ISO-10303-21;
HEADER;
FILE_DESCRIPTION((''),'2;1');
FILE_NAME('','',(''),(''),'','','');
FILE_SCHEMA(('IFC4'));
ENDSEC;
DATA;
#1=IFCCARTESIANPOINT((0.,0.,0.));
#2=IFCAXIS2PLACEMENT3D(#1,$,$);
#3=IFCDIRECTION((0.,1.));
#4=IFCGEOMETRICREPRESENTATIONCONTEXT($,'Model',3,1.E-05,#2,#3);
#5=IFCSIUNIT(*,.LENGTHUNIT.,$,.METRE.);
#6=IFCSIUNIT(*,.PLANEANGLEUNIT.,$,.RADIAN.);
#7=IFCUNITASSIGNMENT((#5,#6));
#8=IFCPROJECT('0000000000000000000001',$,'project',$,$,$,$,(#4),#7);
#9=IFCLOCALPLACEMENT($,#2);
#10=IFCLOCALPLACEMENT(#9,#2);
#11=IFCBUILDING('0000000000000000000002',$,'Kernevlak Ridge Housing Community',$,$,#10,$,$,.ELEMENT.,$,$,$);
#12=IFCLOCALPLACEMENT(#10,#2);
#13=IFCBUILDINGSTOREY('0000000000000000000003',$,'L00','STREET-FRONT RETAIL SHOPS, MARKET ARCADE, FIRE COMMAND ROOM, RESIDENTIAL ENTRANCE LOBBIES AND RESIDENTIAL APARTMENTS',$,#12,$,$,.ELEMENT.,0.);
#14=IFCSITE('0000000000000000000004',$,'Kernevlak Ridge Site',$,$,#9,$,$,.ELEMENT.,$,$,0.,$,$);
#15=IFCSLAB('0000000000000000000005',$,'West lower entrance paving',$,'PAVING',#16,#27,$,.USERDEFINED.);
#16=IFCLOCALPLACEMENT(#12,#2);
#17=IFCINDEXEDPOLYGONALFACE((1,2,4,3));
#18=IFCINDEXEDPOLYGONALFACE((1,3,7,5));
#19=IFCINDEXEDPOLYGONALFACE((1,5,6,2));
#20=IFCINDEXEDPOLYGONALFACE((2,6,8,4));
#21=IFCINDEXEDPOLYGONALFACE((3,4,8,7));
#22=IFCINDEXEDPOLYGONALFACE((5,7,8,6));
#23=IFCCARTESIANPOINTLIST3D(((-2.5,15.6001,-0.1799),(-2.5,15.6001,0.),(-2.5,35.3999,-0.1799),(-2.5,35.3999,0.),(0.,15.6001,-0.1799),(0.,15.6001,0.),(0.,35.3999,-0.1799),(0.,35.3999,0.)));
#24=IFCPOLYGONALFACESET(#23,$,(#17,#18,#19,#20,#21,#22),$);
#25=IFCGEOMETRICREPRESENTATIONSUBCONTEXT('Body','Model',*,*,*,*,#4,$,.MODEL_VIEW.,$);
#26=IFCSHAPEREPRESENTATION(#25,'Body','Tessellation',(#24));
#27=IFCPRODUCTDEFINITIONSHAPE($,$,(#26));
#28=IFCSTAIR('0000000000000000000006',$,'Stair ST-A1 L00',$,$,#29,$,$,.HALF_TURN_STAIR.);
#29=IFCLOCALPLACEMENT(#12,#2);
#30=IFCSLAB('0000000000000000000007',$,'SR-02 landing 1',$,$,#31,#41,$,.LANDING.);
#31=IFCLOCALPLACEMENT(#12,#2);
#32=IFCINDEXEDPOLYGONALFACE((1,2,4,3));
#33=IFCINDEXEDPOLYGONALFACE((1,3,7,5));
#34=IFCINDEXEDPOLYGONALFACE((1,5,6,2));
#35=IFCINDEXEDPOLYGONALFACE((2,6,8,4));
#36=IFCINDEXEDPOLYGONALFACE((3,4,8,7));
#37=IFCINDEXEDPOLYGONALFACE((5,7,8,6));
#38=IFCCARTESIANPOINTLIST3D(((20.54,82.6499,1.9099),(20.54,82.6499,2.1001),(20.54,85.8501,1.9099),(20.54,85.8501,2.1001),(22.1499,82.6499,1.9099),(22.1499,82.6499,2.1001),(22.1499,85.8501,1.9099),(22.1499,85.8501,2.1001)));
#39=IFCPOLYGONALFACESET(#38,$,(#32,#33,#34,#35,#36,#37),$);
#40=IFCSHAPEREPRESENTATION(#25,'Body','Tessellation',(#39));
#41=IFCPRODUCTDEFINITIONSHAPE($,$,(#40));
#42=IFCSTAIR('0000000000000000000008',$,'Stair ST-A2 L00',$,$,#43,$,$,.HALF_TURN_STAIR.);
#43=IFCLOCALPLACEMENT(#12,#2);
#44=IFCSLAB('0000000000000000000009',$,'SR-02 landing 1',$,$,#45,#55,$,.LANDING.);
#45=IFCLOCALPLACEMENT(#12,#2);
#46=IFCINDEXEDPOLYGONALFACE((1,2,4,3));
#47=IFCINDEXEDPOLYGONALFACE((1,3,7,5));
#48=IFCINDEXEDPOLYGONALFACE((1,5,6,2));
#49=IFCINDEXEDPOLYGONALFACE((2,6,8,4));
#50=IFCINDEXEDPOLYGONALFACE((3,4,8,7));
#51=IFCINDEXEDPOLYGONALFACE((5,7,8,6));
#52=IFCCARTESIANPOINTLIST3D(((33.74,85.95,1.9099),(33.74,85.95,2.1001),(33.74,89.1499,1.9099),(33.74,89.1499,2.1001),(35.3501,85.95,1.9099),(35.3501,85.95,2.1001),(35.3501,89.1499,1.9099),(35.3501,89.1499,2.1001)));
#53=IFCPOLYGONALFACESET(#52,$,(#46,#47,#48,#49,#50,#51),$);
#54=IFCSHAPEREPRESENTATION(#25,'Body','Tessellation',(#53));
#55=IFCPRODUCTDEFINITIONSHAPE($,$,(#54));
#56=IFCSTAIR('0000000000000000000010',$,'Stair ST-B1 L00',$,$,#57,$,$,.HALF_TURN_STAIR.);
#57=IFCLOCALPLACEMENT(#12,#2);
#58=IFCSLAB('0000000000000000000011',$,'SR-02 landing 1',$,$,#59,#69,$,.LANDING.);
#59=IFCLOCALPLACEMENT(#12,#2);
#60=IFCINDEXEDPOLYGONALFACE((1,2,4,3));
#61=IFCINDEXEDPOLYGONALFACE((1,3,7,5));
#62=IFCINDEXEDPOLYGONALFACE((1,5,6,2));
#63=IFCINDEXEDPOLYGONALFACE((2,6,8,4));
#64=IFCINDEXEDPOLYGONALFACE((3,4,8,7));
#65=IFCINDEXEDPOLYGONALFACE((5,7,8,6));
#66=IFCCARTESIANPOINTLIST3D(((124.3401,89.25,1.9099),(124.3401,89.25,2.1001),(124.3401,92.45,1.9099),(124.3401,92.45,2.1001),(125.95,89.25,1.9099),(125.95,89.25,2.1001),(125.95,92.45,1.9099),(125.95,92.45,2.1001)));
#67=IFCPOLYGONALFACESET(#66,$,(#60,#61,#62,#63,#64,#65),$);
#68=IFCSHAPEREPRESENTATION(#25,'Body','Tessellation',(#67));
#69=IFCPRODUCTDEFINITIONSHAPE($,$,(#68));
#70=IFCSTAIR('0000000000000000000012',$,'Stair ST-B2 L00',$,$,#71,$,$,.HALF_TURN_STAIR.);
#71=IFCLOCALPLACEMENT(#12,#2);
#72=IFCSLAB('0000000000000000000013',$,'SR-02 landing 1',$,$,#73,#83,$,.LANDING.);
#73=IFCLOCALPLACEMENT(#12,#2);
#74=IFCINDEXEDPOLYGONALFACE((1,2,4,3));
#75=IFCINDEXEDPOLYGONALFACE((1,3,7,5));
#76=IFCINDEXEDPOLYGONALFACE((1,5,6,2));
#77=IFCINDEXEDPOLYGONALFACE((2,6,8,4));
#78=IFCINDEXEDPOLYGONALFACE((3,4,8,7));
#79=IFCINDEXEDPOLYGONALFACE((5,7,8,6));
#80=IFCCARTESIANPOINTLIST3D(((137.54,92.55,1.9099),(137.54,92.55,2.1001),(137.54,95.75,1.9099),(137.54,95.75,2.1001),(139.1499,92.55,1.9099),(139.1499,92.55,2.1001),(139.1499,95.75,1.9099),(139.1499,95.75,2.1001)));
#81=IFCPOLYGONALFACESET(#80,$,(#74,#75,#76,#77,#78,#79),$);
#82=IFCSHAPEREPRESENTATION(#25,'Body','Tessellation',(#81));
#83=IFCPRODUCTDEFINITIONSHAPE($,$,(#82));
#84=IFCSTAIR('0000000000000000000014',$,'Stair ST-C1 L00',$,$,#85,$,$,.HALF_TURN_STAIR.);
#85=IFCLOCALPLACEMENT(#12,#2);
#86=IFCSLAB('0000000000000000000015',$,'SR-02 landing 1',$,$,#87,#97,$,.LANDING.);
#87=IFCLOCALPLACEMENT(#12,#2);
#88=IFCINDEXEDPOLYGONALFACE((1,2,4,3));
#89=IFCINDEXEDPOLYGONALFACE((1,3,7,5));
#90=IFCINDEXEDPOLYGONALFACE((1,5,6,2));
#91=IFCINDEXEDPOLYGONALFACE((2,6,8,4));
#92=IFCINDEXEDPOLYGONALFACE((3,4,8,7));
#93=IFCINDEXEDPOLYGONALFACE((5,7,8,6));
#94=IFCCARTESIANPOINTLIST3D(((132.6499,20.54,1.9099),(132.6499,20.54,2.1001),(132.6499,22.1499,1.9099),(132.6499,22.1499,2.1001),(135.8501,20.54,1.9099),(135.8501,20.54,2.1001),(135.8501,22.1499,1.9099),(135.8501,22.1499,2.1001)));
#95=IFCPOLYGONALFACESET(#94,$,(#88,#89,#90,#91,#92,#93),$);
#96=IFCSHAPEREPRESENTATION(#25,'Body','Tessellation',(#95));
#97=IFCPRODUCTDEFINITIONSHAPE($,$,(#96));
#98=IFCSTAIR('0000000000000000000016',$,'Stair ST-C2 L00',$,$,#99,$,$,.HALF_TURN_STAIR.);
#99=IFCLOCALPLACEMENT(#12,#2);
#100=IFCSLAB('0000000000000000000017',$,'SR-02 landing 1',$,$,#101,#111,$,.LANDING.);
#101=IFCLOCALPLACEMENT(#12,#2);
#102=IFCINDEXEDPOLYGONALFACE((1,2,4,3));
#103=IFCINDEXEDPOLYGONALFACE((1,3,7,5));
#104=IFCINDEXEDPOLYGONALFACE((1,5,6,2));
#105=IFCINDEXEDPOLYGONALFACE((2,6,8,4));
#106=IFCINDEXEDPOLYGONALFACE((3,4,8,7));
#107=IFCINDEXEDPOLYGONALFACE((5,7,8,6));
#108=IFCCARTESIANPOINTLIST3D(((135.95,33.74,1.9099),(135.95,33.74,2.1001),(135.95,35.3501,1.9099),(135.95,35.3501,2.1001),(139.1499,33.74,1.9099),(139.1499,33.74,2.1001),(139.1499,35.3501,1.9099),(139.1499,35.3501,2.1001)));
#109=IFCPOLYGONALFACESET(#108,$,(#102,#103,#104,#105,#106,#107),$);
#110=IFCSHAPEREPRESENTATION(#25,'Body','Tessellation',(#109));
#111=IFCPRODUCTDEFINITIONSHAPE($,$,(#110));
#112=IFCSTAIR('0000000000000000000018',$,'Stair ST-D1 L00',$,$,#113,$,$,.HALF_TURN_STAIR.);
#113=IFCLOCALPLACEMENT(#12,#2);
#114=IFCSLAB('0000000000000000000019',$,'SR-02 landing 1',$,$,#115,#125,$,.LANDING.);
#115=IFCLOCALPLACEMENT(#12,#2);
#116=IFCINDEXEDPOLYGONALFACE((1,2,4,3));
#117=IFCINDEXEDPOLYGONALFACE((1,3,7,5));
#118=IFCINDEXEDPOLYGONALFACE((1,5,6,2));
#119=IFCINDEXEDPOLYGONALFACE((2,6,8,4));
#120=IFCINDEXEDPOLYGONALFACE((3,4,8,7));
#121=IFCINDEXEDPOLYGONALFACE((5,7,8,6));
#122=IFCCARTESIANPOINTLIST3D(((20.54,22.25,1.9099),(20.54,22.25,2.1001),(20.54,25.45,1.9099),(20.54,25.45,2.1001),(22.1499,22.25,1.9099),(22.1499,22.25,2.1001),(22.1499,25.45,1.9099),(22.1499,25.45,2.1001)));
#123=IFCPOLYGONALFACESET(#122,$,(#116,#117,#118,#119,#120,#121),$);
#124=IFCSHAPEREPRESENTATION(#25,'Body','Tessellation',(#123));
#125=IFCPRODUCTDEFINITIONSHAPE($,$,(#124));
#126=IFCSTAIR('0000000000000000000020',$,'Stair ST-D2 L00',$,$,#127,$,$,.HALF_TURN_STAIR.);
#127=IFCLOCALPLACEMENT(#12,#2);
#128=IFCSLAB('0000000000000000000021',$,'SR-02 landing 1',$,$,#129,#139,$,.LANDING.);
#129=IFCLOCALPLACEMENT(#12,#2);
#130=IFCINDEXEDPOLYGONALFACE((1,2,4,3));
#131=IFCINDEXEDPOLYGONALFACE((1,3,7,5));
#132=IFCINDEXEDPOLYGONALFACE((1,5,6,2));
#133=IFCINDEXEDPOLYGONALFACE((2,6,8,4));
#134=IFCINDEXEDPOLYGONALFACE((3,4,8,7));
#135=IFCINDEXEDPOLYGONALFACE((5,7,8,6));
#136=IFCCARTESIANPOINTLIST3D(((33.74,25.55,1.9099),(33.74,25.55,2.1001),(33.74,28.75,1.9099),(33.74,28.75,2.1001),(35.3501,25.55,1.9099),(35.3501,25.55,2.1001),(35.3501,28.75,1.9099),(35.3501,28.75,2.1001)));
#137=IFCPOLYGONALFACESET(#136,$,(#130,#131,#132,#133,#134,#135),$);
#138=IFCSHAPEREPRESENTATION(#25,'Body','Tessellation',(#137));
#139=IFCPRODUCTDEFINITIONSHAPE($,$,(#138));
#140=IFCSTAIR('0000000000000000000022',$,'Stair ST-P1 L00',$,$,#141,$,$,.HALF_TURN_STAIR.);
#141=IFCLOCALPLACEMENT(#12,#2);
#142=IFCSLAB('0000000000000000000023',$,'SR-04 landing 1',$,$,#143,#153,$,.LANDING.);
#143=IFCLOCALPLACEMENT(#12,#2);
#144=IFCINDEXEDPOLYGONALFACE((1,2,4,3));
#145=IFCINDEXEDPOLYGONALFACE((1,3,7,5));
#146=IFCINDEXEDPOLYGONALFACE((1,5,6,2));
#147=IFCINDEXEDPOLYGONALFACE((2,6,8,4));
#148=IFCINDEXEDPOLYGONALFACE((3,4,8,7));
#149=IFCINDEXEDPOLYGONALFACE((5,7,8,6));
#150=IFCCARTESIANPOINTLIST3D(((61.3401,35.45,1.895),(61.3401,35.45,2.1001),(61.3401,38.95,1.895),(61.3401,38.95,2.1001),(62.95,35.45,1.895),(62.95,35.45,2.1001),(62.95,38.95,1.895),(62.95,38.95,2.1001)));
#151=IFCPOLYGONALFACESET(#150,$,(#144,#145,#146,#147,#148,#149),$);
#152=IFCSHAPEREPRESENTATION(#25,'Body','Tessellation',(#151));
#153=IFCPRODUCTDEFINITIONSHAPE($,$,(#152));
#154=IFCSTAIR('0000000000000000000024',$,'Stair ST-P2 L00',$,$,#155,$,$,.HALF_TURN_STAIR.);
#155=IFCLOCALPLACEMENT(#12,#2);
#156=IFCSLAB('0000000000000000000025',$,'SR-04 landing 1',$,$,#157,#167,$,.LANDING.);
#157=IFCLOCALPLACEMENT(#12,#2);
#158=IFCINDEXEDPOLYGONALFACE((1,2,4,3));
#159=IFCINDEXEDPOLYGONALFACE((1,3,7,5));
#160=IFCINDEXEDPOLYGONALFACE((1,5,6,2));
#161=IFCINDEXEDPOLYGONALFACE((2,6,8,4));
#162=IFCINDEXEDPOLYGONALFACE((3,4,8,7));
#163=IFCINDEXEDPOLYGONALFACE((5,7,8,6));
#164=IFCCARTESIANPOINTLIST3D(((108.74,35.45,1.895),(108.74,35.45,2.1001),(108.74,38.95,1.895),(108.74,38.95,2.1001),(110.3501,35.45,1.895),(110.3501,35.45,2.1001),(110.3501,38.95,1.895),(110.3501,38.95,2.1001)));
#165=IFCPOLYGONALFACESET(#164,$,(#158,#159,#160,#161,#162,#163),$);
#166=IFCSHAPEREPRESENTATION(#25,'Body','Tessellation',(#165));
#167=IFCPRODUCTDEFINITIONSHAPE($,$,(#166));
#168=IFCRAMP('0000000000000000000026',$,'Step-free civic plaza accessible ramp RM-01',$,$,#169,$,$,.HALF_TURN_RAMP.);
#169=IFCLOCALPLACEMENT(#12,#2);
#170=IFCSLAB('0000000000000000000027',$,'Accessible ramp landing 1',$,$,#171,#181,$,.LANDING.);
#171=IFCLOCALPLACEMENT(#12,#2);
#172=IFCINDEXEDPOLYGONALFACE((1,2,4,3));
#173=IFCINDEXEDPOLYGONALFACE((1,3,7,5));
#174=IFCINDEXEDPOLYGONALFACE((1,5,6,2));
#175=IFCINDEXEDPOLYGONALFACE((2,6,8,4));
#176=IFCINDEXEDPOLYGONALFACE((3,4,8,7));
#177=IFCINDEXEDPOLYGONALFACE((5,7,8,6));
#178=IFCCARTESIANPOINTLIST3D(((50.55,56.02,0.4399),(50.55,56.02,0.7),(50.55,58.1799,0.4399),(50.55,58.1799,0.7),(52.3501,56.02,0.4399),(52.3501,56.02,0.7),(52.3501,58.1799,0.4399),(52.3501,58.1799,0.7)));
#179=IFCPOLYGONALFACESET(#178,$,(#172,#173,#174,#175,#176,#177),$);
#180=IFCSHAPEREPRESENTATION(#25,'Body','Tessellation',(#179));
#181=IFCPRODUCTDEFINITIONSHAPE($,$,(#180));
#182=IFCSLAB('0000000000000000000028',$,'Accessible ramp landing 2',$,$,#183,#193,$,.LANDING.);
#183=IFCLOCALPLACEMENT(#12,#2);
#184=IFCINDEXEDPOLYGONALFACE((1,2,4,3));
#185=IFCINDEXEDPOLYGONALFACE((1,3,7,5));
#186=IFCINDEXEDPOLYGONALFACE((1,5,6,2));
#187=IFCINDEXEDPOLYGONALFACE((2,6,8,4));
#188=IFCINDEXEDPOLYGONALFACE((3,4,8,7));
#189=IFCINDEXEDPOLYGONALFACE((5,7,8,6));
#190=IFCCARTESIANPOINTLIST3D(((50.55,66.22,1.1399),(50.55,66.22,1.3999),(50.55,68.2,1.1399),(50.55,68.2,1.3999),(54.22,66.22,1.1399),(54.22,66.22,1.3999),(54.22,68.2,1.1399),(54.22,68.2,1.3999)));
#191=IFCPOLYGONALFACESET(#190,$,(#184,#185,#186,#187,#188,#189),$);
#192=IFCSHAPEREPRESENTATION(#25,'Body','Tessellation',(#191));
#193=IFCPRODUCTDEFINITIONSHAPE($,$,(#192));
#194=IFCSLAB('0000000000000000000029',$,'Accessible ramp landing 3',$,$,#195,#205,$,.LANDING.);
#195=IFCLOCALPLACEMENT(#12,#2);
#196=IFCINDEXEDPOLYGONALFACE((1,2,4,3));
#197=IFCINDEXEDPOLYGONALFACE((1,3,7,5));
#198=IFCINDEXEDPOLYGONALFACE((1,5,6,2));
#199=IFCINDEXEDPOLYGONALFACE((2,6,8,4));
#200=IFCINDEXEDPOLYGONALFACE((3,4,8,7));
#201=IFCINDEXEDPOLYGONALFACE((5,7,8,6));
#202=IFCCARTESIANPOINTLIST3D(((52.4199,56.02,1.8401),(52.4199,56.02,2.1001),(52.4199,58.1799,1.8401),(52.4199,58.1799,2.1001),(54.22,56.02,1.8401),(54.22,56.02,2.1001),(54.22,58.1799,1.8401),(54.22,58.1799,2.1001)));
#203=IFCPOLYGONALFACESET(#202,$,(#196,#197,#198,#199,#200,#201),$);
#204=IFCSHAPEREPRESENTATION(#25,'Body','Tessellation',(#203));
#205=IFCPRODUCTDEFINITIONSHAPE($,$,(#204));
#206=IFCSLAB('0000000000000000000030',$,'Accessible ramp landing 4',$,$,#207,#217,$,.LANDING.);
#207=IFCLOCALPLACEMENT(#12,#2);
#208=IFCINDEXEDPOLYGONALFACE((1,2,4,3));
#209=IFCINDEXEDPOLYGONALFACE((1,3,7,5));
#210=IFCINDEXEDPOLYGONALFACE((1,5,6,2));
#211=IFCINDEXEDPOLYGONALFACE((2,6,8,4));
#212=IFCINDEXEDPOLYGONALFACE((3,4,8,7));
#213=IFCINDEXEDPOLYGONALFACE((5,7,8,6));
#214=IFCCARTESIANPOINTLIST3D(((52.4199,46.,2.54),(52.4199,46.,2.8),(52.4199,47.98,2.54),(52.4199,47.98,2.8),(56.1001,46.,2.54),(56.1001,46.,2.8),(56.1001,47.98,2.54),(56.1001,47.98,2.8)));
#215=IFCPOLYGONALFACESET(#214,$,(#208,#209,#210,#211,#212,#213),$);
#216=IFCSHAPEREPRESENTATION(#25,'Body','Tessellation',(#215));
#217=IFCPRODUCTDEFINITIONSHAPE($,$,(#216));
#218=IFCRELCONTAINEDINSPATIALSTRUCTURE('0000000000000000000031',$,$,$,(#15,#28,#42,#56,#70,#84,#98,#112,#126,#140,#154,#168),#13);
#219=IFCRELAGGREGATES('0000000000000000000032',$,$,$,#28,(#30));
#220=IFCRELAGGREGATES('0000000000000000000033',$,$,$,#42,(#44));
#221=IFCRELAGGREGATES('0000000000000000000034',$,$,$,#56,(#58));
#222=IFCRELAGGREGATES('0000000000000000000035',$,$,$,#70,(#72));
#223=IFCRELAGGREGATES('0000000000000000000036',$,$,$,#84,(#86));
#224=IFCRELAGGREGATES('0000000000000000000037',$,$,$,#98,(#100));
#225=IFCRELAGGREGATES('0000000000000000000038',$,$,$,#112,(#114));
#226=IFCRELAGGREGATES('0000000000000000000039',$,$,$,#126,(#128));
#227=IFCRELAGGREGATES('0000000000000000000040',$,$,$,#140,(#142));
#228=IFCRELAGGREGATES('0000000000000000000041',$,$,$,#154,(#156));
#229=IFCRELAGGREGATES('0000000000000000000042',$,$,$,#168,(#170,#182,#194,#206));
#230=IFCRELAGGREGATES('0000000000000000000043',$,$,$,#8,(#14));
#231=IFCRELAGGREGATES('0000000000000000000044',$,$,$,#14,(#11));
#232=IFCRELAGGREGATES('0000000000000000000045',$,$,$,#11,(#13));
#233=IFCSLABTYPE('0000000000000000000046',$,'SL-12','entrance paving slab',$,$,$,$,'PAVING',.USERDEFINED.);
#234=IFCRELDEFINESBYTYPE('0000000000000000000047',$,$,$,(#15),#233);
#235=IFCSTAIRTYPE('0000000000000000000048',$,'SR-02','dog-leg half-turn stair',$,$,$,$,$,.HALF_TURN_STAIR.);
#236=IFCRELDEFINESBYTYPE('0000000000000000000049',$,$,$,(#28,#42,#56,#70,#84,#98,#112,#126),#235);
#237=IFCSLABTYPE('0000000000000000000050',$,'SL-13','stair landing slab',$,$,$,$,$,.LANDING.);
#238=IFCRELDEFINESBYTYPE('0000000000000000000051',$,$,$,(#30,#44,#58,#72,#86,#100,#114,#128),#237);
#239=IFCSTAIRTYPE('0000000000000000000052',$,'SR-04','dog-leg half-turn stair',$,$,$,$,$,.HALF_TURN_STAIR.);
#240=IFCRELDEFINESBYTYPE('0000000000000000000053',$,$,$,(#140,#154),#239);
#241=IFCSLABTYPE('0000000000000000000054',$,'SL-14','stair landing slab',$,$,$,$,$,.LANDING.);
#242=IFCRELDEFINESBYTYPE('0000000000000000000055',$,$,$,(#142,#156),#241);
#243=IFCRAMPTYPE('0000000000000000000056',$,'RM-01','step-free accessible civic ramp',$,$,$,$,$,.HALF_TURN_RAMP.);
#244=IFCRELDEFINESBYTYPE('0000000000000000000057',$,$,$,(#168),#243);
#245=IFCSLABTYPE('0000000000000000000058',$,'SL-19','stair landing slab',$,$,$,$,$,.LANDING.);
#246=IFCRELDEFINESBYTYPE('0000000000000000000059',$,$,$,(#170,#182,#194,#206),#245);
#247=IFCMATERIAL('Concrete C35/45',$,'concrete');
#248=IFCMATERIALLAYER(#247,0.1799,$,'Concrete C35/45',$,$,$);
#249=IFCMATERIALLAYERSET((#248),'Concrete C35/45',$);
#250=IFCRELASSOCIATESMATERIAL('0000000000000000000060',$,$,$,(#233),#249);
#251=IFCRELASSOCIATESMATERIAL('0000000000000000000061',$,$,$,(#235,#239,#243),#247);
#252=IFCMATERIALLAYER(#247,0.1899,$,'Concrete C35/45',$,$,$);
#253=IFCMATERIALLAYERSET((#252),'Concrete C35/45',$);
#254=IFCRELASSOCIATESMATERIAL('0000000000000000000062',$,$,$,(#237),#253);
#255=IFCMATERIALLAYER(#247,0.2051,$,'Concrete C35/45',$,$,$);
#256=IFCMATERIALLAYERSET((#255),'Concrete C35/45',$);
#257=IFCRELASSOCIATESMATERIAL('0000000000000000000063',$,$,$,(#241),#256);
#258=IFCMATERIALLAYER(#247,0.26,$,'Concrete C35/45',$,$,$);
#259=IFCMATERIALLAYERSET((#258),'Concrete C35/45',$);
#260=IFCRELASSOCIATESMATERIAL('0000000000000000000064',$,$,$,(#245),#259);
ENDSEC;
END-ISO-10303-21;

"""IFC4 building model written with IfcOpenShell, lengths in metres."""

from ifc_helpers import new_model, si_unit, direction, frame, origin, place, context, subcontext, project, spatial, polyline, outline, extrude, material, layer, layer_set, type_object, element, aggregate, save


model = new_model("IFC4")

# Units and contexts
model_context = context("Model", 3, precision=1e-05, world=origin(), true_north=direction((0.0, 1.0)))
body_context = subcontext(model_context, "Body", "Model", "MODEL_VIEW")
ifc_project = project(units=[si_unit("LENGTHUNIT", "METRE"), si_unit("PLANEANGLEUNIT", "RADIAN")], contexts=[model_context])

# Site, building, storey
site_placement = place(None, origin())
site = spatial("IfcSite", under=ifc_project, at=site_placement, Name="Kernevlak Ridge Site", CompositionType="ELEMENT", RefElevation=0.0)
building_placement = place(site_placement, origin())
building = spatial("IfcBuilding", under=site, at=building_placement, Name="Kernevlak Ridge Housing Community", CompositionType="ELEMENT")
storey_placement = place(building_placement, origin())
storey = spatial("IfcBuildingStorey", under=building, at=storey_placement, Name="L00", Description="STREET-FRONT RETAIL SHOPS, MARKET ARCADE, FIRE COMMAND ROOM, RESIDENTIAL ENTRANCE LOBBIES AND RESIDENTIAL APARTMENTS", CompositionType="ELEMENT", Elevation=0.0)

# Slab
ifc_material_1 = material(Name="Concrete C35/45", Category="concrete")
ifc_layer_1 = layer(ifc_material_1, 0.1799, Name="Concrete C35/45")
ifc_layer_set_1 = layer_set([ifc_layer_1], Name="Concrete C35/45")
slab_type_1 = type_object("IfcSlabType", Name="SL-12", Description="entrance paving slab", ElementType="PAVING", PredefinedType="USERDEFINED", material=ifc_layer_set_1)
slab_1_placement = place(storey_placement, frame((0.0, 0.0, -0.1799)))
element("IfcSlab", 1, at=slab_1_placement, inside=storey, type_object=slab_type_1, Name="West lower entrance paving", ObjectType="PAVING", PredefinedType="USERDEFINED", context=body_context, shape_type="SweptSolid", body=[
    extrude(outline(polyline([(-2.5, 15.6001), (0.0, 15.6001), (0.0, 35.3999), (-2.5, 35.3999), (-2.5, 15.6001)])), origin(), (0.0, 0.0, 1.0), 0.1799),
])

# Stairs, slabs
stair_type_1 = type_object("IfcStairType", Name="SR-02", Description="dog-leg half-turn stair", PredefinedType="HALF_TURN_STAIR", material=ifc_material_1)
stair_1_placement = place(storey_placement, origin())
stair_1 = element("IfcStair", 2, at=stair_1_placement, inside=storey, type_object=stair_type_1, Name="Stair ST-A1 L00", PredefinedType="HALF_TURN_STAIR")
ifc_layer_2 = layer(ifc_material_1, 0.1899, Name="Concrete C35/45")
ifc_layer_set_2 = layer_set([ifc_layer_2], Name="Concrete C35/45")
slab_type_2 = type_object("IfcSlabType", Name="SL-13", Description="stair landing slab", PredefinedType="LANDING", material=ifc_layer_set_2)
slab_2_placement = place(storey_placement, frame((0.0, 0.0, 1.9099)))
slab_2 = element("IfcSlab", 3, at=slab_2_placement, type_object=slab_type_2, Name="SR-02 landing 1", PredefinedType="LANDING", context=body_context, shape_type="SweptSolid", body=[
    extrude(outline(polyline([(20.54, 82.6499), (22.1499, 82.6499), (22.1499, 85.8501), (20.54, 85.8501), (20.54, 82.6499)])), origin(), (0.0, 0.0, 1.0), 0.1902),
])
aggregate(stair_1, [slab_2])
stair_2_placement = place(storey_placement, origin())
stair_2 = element("IfcStair", 4, at=stair_2_placement, inside=storey, type_object=stair_type_1, Name="Stair ST-A2 L00", PredefinedType="HALF_TURN_STAIR")
slab_3_placement = place(storey_placement, frame((0.0, 0.0, 1.9099)))
slab_3 = element("IfcSlab", 5, at=slab_3_placement, type_object=slab_type_2, Name="SR-02 landing 1", PredefinedType="LANDING", context=body_context, shape_type="SweptSolid", body=[
    extrude(outline(polyline([(33.74, 85.95), (35.3501, 85.95), (35.3501, 89.1499), (33.74, 89.1499), (33.74, 85.95)])), origin(), (0.0, 0.0, 1.0), 0.1902),
])
aggregate(stair_2, [slab_3])
stair_3_placement = place(storey_placement, origin())
stair_3 = element("IfcStair", 6, at=stair_3_placement, inside=storey, type_object=stair_type_1, Name="Stair ST-B1 L00", PredefinedType="HALF_TURN_STAIR")
slab_4_placement = place(storey_placement, frame((0.0, 0.0, 1.9099)))
slab_4 = element("IfcSlab", 7, at=slab_4_placement, type_object=slab_type_2, Name="SR-02 landing 1", PredefinedType="LANDING", context=body_context, shape_type="SweptSolid", body=[
    extrude(outline(polyline([(124.3401, 89.25), (125.95, 89.25), (125.95, 92.45), (124.3401, 92.45), (124.3401, 89.25)])), origin(), (0.0, 0.0, 1.0), 0.1902),
])
aggregate(stair_3, [slab_4])
stair_4_placement = place(storey_placement, origin())
stair_4 = element("IfcStair", 8, at=stair_4_placement, inside=storey, type_object=stair_type_1, Name="Stair ST-B2 L00", PredefinedType="HALF_TURN_STAIR")
slab_5_placement = place(storey_placement, frame((0.0, 0.0, 1.9099)))
slab_5 = element("IfcSlab", 9, at=slab_5_placement, type_object=slab_type_2, Name="SR-02 landing 1", PredefinedType="LANDING", context=body_context, shape_type="SweptSolid", body=[
    extrude(outline(polyline([(137.54, 92.55), (139.1499, 92.55), (139.1499, 95.75), (137.54, 95.75), (137.54, 92.55)])), origin(), (0.0, 0.0, 1.0), 0.1902),
])
aggregate(stair_4, [slab_5])
stair_5_placement = place(storey_placement, origin())
stair_5 = element("IfcStair", 10, at=stair_5_placement, inside=storey, type_object=stair_type_1, Name="Stair ST-C1 L00", PredefinedType="HALF_TURN_STAIR")
slab_6_placement = place(storey_placement, frame((0.0, 0.0, 1.9099)))
slab_6 = element("IfcSlab", 11, at=slab_6_placement, type_object=slab_type_2, Name="SR-02 landing 1", PredefinedType="LANDING", context=body_context, shape_type="SweptSolid", body=[
    extrude(outline(polyline([(135.8501, 20.54), (135.8501, 22.1499), (132.6499, 22.1499), (132.6499, 20.54), (135.8501, 20.54)])), origin(), (0.0, 0.0, 1.0), 0.1902),
])
aggregate(stair_5, [slab_6])
stair_6_placement = place(storey_placement, origin())
stair_6 = element("IfcStair", 12, at=stair_6_placement, inside=storey, type_object=stair_type_1, Name="Stair ST-C2 L00", PredefinedType="HALF_TURN_STAIR")
slab_7_placement = place(storey_placement, frame((0.0, 0.0, 1.9099)))
slab_7 = element("IfcSlab", 13, at=slab_7_placement, type_object=slab_type_2, Name="SR-02 landing 1", PredefinedType="LANDING", context=body_context, shape_type="SweptSolid", body=[
    extrude(outline(polyline([(139.1499, 33.74), (139.1499, 35.3501), (135.95, 35.3501), (135.95, 33.74), (139.1499, 33.74)])), origin(), (0.0, 0.0, 1.0), 0.1902),
])
aggregate(stair_6, [slab_7])
stair_7_placement = place(storey_placement, origin())
stair_7 = element("IfcStair", 14, at=stair_7_placement, inside=storey, type_object=stair_type_1, Name="Stair ST-D1 L00", PredefinedType="HALF_TURN_STAIR")
slab_8_placement = place(storey_placement, frame((0.0, 0.0, 1.9099)))
slab_8 = element("IfcSlab", 15, at=slab_8_placement, type_object=slab_type_2, Name="SR-02 landing 1", PredefinedType="LANDING", context=body_context, shape_type="SweptSolid", body=[
    extrude(outline(polyline([(20.54, 22.25), (22.1499, 22.25), (22.1499, 25.45), (20.54, 25.45), (20.54, 22.25)])), origin(), (0.0, 0.0, 1.0), 0.1902),
])
aggregate(stair_7, [slab_8])
stair_8_placement = place(storey_placement, origin())
stair_8 = element("IfcStair", 16, at=stair_8_placement, inside=storey, type_object=stair_type_1, Name="Stair ST-D2 L00", PredefinedType="HALF_TURN_STAIR")
slab_9_placement = place(storey_placement, frame((0.0, 0.0, 1.9099)))
slab_9 = element("IfcSlab", 17, at=slab_9_placement, type_object=slab_type_2, Name="SR-02 landing 1", PredefinedType="LANDING", context=body_context, shape_type="SweptSolid", body=[
    extrude(outline(polyline([(33.74, 25.55), (35.3501, 25.55), (35.3501, 28.75), (33.74, 28.75), (33.74, 25.55)])), origin(), (0.0, 0.0, 1.0), 0.1902),
])
aggregate(stair_8, [slab_9])
stair_type_2 = type_object("IfcStairType", Name="SR-04", Description="dog-leg half-turn stair", PredefinedType="HALF_TURN_STAIR", material=ifc_material_1)
stair_9_placement = place(storey_placement, origin())
stair_9 = element("IfcStair", 18, at=stair_9_placement, inside=storey, type_object=stair_type_2, Name="Stair ST-P1 L00", PredefinedType="HALF_TURN_STAIR")
ifc_layer_3 = layer(ifc_material_1, 0.2051, Name="Concrete C35/45")
ifc_layer_set_3 = layer_set([ifc_layer_3], Name="Concrete C35/45")
slab_type_3 = type_object("IfcSlabType", Name="SL-14", Description="stair landing slab", PredefinedType="LANDING", material=ifc_layer_set_3)
slab_10_placement = place(storey_placement, frame((0.0, 0.0, 1.895)))
slab_10 = element("IfcSlab", 19, at=slab_10_placement, type_object=slab_type_3, Name="SR-04 landing 1", PredefinedType="LANDING", context=body_context, shape_type="SweptSolid", body=[
    extrude(outline(polyline([(61.3401, 35.45), (62.95, 35.45), (62.95, 38.95), (61.3401, 38.95), (61.3401, 35.45)])), origin(), (0.0, 0.0, 1.0), 0.2051),
])
aggregate(stair_9, [slab_10])
stair_10_placement = place(storey_placement, origin())
stair_10 = element("IfcStair", 20, at=stair_10_placement, inside=storey, type_object=stair_type_2, Name="Stair ST-P2 L00", PredefinedType="HALF_TURN_STAIR")
slab_11_placement = place(storey_placement, frame((0.0, 0.0, 1.895)))
slab_11 = element("IfcSlab", 21, at=slab_11_placement, type_object=slab_type_3, Name="SR-04 landing 1", PredefinedType="LANDING", context=body_context, shape_type="SweptSolid", body=[
    extrude(outline(polyline([(108.74, 35.45), (110.3501, 35.45), (110.3501, 38.95), (108.74, 38.95), (108.74, 35.45)])), origin(), (0.0, 0.0, 1.0), 0.2051),
])
aggregate(stair_10, [slab_11])

# Ramp, slabs
ramp_type = type_object("IfcRampType", Name="RM-01", Description="step-free accessible civic ramp", PredefinedType="HALF_TURN_RAMP", material=ifc_material_1)
ramp_placement = place(storey_placement, origin())
ramp = element("IfcRamp", 22, at=ramp_placement, inside=storey, type_object=ramp_type, Name="Step-free civic plaza accessible ramp RM-01", PredefinedType="HALF_TURN_RAMP")
ifc_layer_4 = layer(ifc_material_1, 0.26, Name="Concrete C35/45")
ifc_layer_set_4 = layer_set([ifc_layer_4], Name="Concrete C35/45")
slab_type_4 = type_object("IfcSlabType", Name="SL-19", Description="stair landing slab", PredefinedType="LANDING", material=ifc_layer_set_4)
slab_12_placement = place(storey_placement, frame((0.0, 0.0, 0.4399)))
slab_12 = element("IfcSlab", 23, at=slab_12_placement, type_object=slab_type_4, Name="Accessible ramp landing 1", PredefinedType="LANDING", context=body_context, shape_type="SweptSolid", body=[
    extrude(outline(polyline([(50.55, 56.02), (52.3501, 56.02), (52.3501, 58.1799), (50.55, 58.1799), (50.55, 56.02)])), origin(), (0.0, 0.0, 1.0), 0.26),
])
slab_13_placement = place(storey_placement, frame((0.0, 0.0, 1.1399)))
slab_13 = element("IfcSlab", 24, at=slab_13_placement, type_object=slab_type_4, Name="Accessible ramp landing 2", PredefinedType="LANDING", context=body_context, shape_type="SweptSolid", body=[
    extrude(outline(polyline([(50.55, 66.22), (54.22, 66.22), (54.22, 68.2), (50.55, 68.2), (50.55, 66.22)])), origin(), (0.0, 0.0, 1.0), 0.26),
])
slab_14_placement = place(storey_placement, frame((0.0, 0.0, 1.8401)))
slab_14 = element("IfcSlab", 25, at=slab_14_placement, type_object=slab_type_4, Name="Accessible ramp landing 3", PredefinedType="LANDING", context=body_context, shape_type="SweptSolid", body=[
    extrude(outline(polyline([(52.4199, 56.02), (54.22, 56.02), (54.22, 58.1799), (52.4199, 58.1799), (52.4199, 56.02)])), origin(), (0.0, 0.0, 1.0), 0.26),
])
slab_15_placement = place(storey_placement, frame((0.0, 0.0, 2.54)))
slab_15 = element("IfcSlab", 26, at=slab_15_placement, type_object=slab_type_4, Name="Accessible ramp landing 4", PredefinedType="LANDING", context=body_context, shape_type="SweptSolid", body=[
    extrude(outline(polyline([(52.4199, 46.0), (56.1001, 46.0), (56.1001, 47.98), (52.4199, 47.98), (52.4199, 46.0)])), origin(), (0.0, 0.0, 1.0), 0.26),
])
aggregate(ramp, [slab_12, slab_13, slab_14, slab_15])

save(model, "model.ifc")
